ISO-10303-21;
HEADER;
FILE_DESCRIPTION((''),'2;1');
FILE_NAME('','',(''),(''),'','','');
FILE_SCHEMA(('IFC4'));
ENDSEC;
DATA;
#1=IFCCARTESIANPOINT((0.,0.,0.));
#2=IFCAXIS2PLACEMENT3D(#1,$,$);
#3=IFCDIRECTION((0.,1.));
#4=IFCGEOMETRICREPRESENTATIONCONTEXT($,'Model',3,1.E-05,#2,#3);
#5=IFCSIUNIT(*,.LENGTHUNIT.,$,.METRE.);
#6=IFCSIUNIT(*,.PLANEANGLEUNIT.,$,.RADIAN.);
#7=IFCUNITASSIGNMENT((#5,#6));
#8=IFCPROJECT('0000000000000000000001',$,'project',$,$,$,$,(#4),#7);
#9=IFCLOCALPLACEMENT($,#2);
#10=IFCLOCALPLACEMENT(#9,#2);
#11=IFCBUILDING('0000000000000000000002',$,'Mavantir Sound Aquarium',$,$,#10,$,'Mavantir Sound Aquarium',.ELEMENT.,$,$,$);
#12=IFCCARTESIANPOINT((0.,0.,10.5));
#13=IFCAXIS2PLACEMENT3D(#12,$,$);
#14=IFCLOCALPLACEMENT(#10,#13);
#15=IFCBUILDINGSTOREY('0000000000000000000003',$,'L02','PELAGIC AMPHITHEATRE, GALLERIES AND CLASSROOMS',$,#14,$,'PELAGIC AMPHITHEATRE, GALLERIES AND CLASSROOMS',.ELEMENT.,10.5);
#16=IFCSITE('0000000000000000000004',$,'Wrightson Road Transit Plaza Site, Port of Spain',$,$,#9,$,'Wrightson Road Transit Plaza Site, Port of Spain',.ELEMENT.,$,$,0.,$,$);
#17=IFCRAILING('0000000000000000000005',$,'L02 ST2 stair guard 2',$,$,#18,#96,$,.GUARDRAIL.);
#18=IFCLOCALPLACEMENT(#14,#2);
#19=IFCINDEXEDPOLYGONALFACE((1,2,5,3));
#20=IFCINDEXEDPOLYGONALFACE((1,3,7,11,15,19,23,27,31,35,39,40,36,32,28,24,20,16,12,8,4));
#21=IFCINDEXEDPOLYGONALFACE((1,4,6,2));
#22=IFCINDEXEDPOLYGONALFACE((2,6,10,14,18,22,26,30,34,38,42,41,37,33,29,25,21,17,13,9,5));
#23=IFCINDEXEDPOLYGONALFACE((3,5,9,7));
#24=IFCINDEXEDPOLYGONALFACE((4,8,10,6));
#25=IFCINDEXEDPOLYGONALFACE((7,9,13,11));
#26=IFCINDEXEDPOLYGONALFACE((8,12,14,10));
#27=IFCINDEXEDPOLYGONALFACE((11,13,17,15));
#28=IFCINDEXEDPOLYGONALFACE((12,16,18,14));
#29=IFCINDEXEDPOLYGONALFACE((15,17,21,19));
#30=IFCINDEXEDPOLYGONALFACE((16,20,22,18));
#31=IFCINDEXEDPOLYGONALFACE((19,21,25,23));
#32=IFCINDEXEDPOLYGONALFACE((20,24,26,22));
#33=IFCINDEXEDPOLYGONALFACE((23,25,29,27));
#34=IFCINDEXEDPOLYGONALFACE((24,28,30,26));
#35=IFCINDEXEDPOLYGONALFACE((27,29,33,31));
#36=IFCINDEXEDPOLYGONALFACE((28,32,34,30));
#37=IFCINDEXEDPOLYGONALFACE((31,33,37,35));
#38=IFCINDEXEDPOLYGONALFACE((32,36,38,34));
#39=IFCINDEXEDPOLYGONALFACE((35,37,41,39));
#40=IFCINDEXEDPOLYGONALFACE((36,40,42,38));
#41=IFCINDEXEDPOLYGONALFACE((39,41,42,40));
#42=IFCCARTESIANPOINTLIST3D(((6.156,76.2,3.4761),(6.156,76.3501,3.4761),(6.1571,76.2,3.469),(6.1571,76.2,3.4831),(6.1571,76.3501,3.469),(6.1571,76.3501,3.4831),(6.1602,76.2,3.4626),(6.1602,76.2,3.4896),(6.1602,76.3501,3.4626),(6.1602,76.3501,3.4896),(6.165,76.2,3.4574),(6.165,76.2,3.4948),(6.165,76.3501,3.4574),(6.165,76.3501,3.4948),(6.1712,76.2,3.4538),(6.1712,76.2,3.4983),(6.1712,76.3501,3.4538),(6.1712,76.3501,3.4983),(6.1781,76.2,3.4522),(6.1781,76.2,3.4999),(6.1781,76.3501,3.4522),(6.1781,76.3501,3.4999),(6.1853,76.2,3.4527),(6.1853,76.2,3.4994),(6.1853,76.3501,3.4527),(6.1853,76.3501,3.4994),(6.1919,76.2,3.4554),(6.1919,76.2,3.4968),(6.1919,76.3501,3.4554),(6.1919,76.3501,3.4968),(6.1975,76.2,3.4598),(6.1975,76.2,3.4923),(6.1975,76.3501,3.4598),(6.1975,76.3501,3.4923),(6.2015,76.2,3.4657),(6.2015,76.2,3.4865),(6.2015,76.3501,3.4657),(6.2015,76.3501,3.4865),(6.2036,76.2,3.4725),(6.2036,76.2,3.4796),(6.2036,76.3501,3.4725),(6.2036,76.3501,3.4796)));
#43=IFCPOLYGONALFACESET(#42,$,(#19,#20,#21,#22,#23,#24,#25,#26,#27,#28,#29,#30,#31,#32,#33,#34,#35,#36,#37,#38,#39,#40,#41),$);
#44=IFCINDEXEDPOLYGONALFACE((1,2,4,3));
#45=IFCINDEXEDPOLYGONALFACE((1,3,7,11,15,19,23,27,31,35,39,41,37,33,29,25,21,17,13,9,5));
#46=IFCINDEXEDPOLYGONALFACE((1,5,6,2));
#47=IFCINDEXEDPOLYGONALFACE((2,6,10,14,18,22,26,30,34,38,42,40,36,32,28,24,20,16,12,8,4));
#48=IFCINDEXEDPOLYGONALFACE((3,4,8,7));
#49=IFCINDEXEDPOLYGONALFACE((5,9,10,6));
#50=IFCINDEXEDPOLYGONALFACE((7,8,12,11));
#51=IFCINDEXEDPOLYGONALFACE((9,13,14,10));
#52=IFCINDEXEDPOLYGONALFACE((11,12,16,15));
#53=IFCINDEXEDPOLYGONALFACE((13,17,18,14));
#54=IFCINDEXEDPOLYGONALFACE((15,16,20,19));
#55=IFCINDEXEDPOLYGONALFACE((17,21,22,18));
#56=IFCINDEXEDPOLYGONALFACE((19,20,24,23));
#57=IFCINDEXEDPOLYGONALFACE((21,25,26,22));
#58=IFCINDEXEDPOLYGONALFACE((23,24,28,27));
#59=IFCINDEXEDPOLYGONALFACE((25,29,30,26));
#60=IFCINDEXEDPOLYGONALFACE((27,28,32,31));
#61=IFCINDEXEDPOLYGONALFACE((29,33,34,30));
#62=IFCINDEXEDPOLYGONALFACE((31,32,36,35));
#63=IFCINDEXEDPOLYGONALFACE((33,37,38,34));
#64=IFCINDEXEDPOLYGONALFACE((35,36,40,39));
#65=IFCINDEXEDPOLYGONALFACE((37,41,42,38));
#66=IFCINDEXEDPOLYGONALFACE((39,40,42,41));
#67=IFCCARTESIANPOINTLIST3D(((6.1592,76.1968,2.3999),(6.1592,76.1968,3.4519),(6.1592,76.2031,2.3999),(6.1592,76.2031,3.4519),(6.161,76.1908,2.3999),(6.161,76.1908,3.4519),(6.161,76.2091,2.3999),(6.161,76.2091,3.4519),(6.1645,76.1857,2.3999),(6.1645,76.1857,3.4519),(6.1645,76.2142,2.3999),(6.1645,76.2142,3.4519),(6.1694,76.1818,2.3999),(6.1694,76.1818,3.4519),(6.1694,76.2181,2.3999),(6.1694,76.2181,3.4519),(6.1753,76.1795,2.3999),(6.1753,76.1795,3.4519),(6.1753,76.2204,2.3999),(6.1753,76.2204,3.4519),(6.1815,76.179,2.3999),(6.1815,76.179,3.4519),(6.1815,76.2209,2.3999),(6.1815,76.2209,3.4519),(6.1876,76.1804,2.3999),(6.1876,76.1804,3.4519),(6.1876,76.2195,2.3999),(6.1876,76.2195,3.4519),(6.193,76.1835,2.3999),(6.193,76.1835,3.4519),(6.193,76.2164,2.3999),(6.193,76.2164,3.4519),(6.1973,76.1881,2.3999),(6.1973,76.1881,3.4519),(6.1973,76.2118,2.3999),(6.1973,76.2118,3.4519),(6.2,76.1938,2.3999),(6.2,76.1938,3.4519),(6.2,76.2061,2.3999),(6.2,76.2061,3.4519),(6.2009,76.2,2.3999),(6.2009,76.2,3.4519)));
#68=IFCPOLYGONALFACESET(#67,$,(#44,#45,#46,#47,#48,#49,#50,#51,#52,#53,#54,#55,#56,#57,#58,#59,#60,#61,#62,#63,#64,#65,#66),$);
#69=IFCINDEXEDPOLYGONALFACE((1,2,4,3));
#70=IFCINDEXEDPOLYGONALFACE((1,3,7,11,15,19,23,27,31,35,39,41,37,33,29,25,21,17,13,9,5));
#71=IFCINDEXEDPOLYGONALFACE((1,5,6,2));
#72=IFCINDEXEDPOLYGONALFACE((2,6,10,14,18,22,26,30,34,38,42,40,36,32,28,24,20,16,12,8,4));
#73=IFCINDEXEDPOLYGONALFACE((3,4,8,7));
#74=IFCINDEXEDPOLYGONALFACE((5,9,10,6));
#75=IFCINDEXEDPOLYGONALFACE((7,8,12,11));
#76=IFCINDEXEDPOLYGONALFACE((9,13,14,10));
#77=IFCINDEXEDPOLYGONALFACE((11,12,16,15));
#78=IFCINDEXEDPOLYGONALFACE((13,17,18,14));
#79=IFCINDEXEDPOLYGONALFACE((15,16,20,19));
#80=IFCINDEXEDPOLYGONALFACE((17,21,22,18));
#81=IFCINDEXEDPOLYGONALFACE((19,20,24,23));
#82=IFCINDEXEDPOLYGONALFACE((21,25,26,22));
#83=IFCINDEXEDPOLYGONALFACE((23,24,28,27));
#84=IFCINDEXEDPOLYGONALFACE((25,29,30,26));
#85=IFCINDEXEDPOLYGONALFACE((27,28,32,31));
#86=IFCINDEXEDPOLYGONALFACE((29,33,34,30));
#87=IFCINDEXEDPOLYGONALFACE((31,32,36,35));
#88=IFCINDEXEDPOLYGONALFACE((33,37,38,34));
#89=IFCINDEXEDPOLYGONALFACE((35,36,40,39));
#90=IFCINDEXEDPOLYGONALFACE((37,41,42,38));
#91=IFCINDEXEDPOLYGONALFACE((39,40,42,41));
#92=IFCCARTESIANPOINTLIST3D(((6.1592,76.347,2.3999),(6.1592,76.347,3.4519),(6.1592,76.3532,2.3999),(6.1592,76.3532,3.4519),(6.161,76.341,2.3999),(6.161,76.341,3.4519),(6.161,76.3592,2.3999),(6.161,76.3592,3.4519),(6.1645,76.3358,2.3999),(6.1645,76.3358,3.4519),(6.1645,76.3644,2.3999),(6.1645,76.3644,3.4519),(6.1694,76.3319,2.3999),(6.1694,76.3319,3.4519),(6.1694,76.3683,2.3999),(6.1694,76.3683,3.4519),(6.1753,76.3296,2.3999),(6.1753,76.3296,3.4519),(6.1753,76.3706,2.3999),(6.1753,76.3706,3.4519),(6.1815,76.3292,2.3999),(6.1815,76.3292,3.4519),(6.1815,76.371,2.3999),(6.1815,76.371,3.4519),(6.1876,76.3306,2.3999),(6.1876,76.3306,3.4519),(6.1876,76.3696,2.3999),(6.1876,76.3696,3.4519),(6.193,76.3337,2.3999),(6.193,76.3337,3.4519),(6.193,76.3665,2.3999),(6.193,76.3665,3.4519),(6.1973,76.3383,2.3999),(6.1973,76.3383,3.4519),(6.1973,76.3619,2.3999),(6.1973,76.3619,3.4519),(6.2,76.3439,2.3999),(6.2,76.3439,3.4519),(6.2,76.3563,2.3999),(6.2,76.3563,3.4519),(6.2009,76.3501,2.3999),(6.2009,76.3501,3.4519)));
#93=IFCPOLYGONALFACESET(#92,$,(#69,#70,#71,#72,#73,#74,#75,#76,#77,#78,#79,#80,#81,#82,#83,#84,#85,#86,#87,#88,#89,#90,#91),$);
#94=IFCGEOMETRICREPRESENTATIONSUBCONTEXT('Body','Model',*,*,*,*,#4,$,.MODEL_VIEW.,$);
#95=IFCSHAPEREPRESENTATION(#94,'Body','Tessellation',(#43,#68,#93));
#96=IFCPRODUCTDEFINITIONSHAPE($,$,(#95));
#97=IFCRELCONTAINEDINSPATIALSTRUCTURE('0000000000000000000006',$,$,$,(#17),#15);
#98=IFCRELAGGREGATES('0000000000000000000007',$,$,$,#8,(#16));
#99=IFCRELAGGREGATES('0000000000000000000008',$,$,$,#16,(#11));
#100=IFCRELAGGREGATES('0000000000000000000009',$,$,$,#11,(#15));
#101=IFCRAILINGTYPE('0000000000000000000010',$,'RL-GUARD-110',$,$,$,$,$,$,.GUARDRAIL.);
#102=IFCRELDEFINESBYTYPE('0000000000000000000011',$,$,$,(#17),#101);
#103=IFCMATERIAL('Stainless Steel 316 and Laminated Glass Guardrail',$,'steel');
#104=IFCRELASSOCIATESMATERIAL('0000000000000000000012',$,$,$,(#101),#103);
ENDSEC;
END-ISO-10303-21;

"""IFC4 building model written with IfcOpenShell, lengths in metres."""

from ifc_helpers import new_model, si_unit, direction, frame, origin, origin_2d, place, context, subcontext, project, spatial, circle, extrude, material, type_object, element, save


model = new_model("IFC4")

# Units and contexts
model_context = context("Model", 3, precision=1e-05, world=origin(), true_north=direction((0.0, 1.0)))
body_context = subcontext(model_context, "Body", "Model", "MODEL_VIEW")
ifc_project = project(units=[si_unit("LENGTHUNIT", "METRE"), si_unit("PLANEANGLEUNIT", "RADIAN")], contexts=[model_context])

# Site, building, storey
site_placement = place(None, origin())
site = spatial("IfcSite", under=ifc_project, at=site_placement, Name="Wrightson Road Transit Plaza Site, Port of Spain", LongName="Wrightson Road Transit Plaza Site, Port of Spain", CompositionType="ELEMENT", RefElevation=0.0)
building_placement = place(site_placement, origin())
building = spatial("IfcBuilding", under=site, at=building_placement, Name="Mavantir Sound Aquarium", LongName="Mavantir Sound Aquarium", CompositionType="ELEMENT")
storey_placement = place(building_placement, frame((0.0, 0.0, 10.5)))
storey = spatial("IfcBuildingStorey", under=building, at=storey_placement, Name="L02", Description="PELAGIC AMPHITHEATRE, GALLERIES AND CLASSROOMS", LongName="PELAGIC AMPHITHEATRE, GALLERIES AND CLASSROOMS", CompositionType="ELEMENT", Elevation=10.5)

# Railing
ifc_material_1 = material(Name="Stainless Steel 316 and Laminated Glass Guardrail", Category="steel")
railing_type_1 = type_object("IfcRailingType", Name="RL-GUARD-110", PredefinedType="GUARDRAIL", material=ifc_material_1)
railing_1_placement = place(storey_placement, frame((6.1799, 76.2, 2.3999)))
element("IfcRailing", 1, at=railing_1_placement, inside=storey, type_object=railing_type_1, Name="L02 ST2 stair guard 2", PredefinedType="GUARDRAIL", context=body_context, shape_type="SweptSolid", body=[
    extrude(circle(Radius=0.0239, at=origin_2d()), frame((0.0, 0.0, 1.0762), z_axis=(0.0, 1.0, 0.0), x_axis=(-1.0, 0.0, 0.0)), (0.0, 0.0, 1.0), 0.1501),
    extrude(circle(Radius=0.021, at=origin_2d()), origin(), (0.0, 0.0, 1.0), 1.052),
    extrude(circle(Radius=0.021, at=origin_2d()), frame((0.0, 0.1501, 0.0)), (0.0, 0.0, 1.0), 1.052),
])

save(model, "model.ifc")
